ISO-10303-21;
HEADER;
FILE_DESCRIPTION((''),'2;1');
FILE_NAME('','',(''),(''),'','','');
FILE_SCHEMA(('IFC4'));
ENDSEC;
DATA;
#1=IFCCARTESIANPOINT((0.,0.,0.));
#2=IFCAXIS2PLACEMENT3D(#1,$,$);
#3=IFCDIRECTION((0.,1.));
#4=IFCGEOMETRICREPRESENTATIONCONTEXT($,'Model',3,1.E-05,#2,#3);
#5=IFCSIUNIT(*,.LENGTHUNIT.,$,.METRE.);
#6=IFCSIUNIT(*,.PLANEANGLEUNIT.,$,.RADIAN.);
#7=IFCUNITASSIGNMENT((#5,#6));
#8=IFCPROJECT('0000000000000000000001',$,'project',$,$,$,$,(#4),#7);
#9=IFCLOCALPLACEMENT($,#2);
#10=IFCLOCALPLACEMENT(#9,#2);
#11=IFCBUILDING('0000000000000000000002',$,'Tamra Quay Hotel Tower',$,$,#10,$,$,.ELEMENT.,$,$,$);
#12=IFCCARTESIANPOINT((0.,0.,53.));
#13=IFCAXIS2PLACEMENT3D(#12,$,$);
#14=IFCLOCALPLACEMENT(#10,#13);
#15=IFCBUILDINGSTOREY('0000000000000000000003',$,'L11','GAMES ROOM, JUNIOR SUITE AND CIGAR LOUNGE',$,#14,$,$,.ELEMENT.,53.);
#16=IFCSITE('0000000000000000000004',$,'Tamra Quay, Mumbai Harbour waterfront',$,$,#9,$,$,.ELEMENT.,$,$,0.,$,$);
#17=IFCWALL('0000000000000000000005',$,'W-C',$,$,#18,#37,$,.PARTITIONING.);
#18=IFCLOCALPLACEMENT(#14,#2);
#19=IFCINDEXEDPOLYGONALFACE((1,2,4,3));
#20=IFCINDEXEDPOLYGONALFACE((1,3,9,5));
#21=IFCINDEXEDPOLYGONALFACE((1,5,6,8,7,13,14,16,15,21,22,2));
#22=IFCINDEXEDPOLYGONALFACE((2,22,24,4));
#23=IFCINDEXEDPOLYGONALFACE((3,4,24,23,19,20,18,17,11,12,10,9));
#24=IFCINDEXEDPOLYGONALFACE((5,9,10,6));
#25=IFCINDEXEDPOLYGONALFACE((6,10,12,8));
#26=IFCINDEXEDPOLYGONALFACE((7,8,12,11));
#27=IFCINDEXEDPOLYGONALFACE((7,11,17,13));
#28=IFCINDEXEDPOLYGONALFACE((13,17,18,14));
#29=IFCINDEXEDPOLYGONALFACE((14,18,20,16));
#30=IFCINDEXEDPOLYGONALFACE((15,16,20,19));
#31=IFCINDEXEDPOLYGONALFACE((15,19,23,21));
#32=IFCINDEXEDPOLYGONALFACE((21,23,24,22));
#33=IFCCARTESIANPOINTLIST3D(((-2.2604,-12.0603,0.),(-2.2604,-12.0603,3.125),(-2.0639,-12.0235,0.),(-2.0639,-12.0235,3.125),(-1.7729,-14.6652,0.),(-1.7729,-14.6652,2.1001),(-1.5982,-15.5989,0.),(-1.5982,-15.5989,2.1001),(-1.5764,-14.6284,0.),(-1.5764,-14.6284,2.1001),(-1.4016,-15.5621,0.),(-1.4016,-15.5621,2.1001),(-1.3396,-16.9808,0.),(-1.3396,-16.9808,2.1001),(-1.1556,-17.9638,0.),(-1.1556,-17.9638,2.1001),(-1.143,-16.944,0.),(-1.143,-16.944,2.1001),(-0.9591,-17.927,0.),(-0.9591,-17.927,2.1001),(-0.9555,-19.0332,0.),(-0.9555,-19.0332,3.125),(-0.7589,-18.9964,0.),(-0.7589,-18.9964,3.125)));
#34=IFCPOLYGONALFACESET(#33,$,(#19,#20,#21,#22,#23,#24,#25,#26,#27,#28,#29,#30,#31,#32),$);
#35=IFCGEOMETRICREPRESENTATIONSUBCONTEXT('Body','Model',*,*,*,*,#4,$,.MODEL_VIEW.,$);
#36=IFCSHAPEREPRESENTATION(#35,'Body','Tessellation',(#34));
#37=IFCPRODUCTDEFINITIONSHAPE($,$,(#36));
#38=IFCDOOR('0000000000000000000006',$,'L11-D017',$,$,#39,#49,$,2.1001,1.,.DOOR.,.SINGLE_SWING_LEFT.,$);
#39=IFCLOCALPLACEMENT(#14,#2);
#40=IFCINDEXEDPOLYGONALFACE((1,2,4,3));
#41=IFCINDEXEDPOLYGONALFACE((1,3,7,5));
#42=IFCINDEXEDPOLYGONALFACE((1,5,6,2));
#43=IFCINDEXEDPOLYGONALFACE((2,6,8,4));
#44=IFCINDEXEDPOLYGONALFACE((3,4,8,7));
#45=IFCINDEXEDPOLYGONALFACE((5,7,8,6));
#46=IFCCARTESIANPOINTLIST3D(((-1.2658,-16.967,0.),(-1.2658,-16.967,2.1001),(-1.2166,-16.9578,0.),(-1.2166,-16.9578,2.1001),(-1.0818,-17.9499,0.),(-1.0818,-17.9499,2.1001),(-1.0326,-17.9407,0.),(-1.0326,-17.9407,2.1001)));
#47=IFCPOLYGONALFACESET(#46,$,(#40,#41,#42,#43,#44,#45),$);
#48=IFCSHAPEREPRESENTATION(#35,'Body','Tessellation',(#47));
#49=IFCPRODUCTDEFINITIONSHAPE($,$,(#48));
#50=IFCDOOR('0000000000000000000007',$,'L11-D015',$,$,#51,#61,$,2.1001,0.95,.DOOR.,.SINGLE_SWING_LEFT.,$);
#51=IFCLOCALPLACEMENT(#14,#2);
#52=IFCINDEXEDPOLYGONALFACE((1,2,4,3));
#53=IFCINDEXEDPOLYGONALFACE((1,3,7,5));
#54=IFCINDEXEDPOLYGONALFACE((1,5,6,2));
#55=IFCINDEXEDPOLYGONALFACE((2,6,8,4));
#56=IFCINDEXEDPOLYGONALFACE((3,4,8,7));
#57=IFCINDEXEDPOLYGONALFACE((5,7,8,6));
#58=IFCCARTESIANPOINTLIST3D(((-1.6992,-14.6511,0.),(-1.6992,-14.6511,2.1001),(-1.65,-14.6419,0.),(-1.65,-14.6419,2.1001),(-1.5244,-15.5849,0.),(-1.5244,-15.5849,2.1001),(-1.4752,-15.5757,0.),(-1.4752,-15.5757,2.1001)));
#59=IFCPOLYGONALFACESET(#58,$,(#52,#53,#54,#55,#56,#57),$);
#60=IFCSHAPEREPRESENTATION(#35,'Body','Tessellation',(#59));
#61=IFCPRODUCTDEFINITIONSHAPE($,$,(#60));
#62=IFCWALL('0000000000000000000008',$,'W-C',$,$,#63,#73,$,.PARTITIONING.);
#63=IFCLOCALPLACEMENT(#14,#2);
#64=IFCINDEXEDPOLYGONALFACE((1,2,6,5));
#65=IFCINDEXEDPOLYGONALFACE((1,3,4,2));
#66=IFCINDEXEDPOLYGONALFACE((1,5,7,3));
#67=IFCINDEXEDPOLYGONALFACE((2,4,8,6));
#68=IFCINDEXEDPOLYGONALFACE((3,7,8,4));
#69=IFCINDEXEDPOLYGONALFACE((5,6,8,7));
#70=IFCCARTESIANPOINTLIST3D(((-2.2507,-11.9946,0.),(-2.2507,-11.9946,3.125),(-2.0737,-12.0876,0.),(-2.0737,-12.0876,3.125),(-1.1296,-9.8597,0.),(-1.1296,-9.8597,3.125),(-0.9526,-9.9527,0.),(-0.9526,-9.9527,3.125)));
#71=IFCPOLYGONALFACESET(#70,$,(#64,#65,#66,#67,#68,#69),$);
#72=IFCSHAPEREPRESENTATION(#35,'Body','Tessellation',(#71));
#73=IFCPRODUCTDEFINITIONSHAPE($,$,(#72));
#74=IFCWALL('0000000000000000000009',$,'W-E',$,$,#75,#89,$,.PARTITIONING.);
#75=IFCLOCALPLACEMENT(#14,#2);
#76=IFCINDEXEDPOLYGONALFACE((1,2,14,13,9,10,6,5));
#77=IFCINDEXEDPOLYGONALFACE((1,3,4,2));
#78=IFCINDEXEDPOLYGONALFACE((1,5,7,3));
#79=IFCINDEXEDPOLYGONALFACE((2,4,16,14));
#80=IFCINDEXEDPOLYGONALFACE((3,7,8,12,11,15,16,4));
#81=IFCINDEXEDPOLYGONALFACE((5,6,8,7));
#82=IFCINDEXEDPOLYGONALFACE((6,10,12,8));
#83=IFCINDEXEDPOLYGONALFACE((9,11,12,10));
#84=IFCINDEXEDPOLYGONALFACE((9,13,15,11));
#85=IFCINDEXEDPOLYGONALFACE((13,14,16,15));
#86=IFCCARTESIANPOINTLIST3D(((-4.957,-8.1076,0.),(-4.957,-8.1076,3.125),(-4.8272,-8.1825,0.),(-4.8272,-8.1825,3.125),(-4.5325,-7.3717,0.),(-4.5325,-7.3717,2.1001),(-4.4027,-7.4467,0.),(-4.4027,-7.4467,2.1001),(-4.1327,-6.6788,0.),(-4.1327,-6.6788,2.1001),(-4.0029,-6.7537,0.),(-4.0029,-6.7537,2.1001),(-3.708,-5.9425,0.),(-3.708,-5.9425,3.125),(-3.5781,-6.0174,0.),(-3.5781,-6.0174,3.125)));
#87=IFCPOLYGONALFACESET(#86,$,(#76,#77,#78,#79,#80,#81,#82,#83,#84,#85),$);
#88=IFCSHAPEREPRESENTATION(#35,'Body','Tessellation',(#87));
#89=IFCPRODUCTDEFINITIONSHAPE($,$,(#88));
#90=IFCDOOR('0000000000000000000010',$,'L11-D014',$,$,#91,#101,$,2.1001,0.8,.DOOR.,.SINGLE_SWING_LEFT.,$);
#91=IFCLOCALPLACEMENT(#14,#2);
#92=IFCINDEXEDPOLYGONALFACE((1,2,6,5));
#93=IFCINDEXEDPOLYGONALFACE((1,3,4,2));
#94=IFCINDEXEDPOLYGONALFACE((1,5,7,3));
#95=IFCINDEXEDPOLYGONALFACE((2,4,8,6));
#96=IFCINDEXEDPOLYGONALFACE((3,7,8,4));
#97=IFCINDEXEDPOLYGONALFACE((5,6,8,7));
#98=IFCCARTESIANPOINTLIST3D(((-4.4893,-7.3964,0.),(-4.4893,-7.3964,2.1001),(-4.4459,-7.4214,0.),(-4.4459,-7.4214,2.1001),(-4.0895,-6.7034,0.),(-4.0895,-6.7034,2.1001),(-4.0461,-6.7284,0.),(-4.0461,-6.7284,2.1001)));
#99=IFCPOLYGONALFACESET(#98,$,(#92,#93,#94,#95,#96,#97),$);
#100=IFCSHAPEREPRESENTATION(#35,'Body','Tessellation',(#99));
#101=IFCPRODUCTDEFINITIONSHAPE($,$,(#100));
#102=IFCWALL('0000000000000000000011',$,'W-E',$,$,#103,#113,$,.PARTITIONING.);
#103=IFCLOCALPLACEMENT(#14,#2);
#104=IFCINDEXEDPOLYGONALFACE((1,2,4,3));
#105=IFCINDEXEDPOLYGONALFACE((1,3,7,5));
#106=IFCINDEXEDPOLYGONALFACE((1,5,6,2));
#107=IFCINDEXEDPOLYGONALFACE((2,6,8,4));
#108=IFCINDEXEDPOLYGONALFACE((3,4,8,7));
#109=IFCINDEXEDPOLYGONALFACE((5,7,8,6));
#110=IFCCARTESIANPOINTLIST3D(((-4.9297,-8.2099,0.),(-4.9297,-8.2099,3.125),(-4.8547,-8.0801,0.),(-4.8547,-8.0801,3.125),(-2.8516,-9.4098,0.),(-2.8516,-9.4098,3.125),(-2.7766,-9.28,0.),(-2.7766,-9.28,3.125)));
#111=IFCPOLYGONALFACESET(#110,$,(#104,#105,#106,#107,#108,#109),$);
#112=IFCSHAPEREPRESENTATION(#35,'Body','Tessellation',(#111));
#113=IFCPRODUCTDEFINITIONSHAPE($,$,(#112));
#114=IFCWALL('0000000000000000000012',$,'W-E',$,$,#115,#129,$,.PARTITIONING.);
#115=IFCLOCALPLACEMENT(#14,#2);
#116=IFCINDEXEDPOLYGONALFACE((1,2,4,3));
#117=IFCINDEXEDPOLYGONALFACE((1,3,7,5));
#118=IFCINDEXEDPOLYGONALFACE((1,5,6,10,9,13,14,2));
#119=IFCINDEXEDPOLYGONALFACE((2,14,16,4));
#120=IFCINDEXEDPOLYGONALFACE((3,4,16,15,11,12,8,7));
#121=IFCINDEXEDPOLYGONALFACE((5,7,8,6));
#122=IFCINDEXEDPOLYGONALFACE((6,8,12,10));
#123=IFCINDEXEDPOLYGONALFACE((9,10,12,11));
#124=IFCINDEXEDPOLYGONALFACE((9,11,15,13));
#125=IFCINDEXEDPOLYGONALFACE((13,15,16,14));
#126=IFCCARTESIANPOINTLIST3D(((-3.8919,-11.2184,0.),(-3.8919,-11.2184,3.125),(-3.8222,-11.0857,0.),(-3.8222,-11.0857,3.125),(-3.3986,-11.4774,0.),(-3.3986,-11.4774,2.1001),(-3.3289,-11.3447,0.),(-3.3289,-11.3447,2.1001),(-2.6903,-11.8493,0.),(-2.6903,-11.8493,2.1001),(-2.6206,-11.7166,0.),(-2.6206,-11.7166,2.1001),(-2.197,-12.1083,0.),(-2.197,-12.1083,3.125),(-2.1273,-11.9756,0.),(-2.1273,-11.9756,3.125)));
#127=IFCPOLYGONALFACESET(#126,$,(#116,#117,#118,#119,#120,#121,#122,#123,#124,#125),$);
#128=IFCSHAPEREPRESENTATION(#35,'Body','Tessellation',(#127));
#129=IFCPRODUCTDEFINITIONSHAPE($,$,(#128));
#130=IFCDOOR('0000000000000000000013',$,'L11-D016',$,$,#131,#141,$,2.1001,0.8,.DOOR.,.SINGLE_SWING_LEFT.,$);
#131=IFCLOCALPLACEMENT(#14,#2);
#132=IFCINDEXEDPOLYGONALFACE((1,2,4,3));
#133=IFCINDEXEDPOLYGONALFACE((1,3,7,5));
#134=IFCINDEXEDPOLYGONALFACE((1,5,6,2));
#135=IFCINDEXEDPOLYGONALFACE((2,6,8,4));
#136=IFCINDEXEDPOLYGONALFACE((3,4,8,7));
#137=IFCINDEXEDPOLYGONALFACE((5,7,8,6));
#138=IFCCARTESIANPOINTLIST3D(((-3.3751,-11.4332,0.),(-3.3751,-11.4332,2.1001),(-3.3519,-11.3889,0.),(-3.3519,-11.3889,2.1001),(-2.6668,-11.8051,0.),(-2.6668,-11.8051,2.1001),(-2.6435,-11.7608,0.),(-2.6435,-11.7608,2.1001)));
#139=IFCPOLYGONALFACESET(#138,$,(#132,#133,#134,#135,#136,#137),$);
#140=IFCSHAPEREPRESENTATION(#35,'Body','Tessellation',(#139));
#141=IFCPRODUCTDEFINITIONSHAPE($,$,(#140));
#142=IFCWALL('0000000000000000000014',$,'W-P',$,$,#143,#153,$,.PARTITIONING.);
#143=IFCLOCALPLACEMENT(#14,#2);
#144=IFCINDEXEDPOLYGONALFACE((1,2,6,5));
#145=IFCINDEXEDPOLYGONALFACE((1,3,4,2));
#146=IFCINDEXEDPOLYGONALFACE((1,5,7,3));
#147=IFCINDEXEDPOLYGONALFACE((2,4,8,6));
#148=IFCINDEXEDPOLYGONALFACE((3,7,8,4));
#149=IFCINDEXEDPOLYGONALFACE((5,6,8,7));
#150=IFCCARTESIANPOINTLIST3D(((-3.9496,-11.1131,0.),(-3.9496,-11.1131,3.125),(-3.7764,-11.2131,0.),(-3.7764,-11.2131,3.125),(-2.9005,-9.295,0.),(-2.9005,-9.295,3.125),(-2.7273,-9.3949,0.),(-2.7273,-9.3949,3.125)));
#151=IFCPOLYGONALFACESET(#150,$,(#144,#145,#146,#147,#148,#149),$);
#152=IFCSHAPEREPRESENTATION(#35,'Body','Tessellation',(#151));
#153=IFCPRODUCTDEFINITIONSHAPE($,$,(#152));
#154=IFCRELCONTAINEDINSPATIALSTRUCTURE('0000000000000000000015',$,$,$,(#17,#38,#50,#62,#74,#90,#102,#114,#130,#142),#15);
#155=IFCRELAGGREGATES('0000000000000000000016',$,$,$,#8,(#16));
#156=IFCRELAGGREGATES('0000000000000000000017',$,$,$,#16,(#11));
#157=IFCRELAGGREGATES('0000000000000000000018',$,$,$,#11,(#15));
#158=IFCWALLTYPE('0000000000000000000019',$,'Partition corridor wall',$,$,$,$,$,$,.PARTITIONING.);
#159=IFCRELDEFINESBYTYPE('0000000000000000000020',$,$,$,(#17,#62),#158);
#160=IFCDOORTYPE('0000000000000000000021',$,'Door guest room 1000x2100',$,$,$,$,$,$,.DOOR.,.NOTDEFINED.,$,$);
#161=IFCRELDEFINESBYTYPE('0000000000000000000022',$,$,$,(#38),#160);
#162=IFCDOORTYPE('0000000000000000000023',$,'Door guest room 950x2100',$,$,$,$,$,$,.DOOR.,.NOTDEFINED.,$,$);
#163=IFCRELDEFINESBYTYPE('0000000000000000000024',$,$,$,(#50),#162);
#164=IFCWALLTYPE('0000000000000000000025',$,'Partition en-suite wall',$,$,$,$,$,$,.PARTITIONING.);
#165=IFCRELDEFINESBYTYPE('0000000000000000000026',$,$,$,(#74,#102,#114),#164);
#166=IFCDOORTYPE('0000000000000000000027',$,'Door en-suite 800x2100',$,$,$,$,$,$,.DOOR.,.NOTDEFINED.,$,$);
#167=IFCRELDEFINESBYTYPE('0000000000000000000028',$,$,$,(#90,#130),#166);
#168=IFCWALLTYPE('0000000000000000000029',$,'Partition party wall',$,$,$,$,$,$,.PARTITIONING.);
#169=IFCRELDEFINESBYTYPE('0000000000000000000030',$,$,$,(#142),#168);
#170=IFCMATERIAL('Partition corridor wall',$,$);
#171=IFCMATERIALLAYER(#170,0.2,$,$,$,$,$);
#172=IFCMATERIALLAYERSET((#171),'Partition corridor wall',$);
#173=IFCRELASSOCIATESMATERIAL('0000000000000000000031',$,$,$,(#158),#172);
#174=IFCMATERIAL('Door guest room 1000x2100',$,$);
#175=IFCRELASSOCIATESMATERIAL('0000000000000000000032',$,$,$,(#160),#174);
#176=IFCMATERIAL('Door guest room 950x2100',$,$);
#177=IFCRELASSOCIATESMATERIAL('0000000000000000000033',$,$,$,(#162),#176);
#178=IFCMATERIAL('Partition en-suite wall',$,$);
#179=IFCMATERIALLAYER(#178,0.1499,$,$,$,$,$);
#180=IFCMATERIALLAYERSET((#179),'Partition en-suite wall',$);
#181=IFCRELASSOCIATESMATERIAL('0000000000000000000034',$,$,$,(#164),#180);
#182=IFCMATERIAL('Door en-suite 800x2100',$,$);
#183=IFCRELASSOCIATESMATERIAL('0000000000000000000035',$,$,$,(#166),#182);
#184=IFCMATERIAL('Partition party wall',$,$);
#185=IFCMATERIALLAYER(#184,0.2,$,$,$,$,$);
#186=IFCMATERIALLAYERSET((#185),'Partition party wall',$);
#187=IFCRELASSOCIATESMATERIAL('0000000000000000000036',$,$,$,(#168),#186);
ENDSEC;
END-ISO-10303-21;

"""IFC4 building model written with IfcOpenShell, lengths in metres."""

from ifc_helpers import new_model, si_unit, direction, frame, frame_2d, origin, place, context, subcontext, project, spatial, rectangle, extrude, material, layer, layer_set, type_object, element, fill, save


model = new_model("IFC4")

# Units and contexts
model_context = context("Model", 3, precision=1e-05, world=origin(), true_north=direction((0.0, 1.0)))
body_context = subcontext(model_context, "Body", "Model", "MODEL_VIEW")
ifc_project = project(units=[si_unit("LENGTHUNIT", "METRE"), si_unit("PLANEANGLEUNIT", "RADIAN")], contexts=[model_context])

# Site, building, storey
site_placement = place(None, origin())
site = spatial("IfcSite", under=ifc_project, at=site_placement, Name="Tamra Quay, Mumbai Harbour waterfront", CompositionType="ELEMENT", RefElevation=0.0)
building_placement = place(site_placement, origin())
building = spatial("IfcBuilding", under=site, at=building_placement, Name="Tamra Quay Hotel Tower", CompositionType="ELEMENT")
storey_placement = place(building_placement, frame((0.0, 0.0, 53.0)))
storey = spatial("IfcBuildingStorey", under=building, at=storey_placement, Name="L11", Description="GAMES ROOM, JUNIOR SUITE AND CIGAR LOUNGE", CompositionType="ELEMENT", Elevation=53.0)

# Shared definitions
ifc_material_1 = material(Name="Partition corridor wall")
ifc_layer_1 = layer(ifc_material_1, 0.2)
ifc_layer_set_1 = layer_set([ifc_layer_1], Name="Partition corridor wall")
wall_type_1 = type_object("IfcWallType", Name="Partition corridor wall", PredefinedType="PARTITIONING", material=ifc_layer_set_1)

# Wall, openings, doors
wall_1_placement = place(storey_placement, frame((-2.1621, -12.042, 0.0), z_axis=(0.0, 0.0, 1.0), x_axis=(0.18395, -0.982936, 0.0)))
wall_1 = element("IfcWall", 1, at=wall_1_placement, inside=storey, type_object=wall_type_1, Name="W-C", PredefinedType="PARTITIONING", context=body_context, shape_type="SweptSolid", body=[
    extrude(rectangle(XDim=7.094, YDim=0.2, at=frame_2d((3.5469, 0.0))), origin(), (0.0, 0.0, 1.0), 3.125),
])
opening_1_placement = place(wall_1_placement, frame((2.6499, 0.0, 0.0)))
opening_1 = element("IfcOpeningElement", 2, at=opening_1_placement, cuts=wall_1, PredefinedType="OPENING", context=body_context, shape_type="SweptSolid", body=[
    extrude(rectangle(XDim=0.95, YDim=2.1001, at=frame_2d((0.4751, 1.05))), frame((0.0, 0.1099, 0.0), z_axis=(0.0, -1.0, 0.0), x_axis=(1.0, 0.0, 0.0)), (0.0, 0.0, 1.0), 0.22),
])
opening_2_placement = place(wall_1_placement, frame((5.0059, 0.0, 0.0)))
opening_2 = element("IfcOpeningElement", 3, at=opening_2_placement, cuts=wall_1, PredefinedType="OPENING", context=body_context, shape_type="SweptSolid", body=[
    extrude(rectangle(XDim=1.0, YDim=2.1001, at=frame_2d((0.5, 1.05))), frame((0.0, 0.1099, 0.0), z_axis=(0.0, -1.0, 0.0), x_axis=(1.0, 0.0, 0.0)), (0.0, 0.0, 1.0), 0.22),
])
ifc_material_2 = material(Name="Door guest room 1000x2100")
door_type_1 = type_object("IfcDoorType", Name="Door guest room 1000x2100", OperationType="NOTDEFINED", PredefinedType="DOOR", material=ifc_material_2)
door_1_placement = place(opening_2_placement, frame((1.0, 0.0, 0.0), z_axis=(0.0, 0.0, 1.0), x_axis=(-1.0, 0.0, 0.0)))
door_1 = element("IfcDoor", 4, at=door_1_placement, inside=storey, type_object=door_type_1, Name="L11-D017", OperationType="SINGLE_SWING_LEFT", OverallHeight=2.1001, OverallWidth=1.0, PredefinedType="DOOR", context=body_context, shape_type="SweptSolid", body=[
    extrude(rectangle(XDim=1.0, YDim=2.1001, at=frame_2d((0.5, 1.05))), frame((0.0, 0.0249, 0.0), z_axis=(0.0, -1.0, 0.0), x_axis=(1.0, 0.0, 0.0)), (0.0, 0.0, 1.0), 0.05),
])
fill(opening_2, door_1)
ifc_material_3 = material(Name="Door guest room 950x2100")
door_type_2 = type_object("IfcDoorType", Name="Door guest room 950x2100", OperationType="NOTDEFINED", PredefinedType="DOOR", material=ifc_material_3)
door_2_placement = place(opening_1_placement, frame((0.95, 0.0, 0.0), z_axis=(0.0, 0.0, 1.0), x_axis=(-1.0, 0.0, 0.0)))
door_2 = element("IfcDoor", 5, at=door_2_placement, inside=storey, type_object=door_type_2, Name="L11-D015", OperationType="SINGLE_SWING_LEFT", OverallHeight=2.1001, OverallWidth=0.95, PredefinedType="DOOR", context=body_context, shape_type="SweptSolid", body=[
    extrude(rectangle(XDim=0.95, YDim=2.1001, at=frame_2d((0.4751, 1.05))), frame((0.0, 0.0249, 0.0), z_axis=(0.0, -1.0, 0.0), x_axis=(1.0, 0.0, 0.0)), (0.0, 0.0, 1.0), 0.05),
])
fill(opening_1, door_2)

# Wall
wall_2_placement = place(storey_placement, frame((-2.1621, -12.041, 0.0), z_axis=(0.0, 0.0, 1.0), x_axis=(0.464903, 0.885361, 0.0)))
element("IfcWall", 6, at=wall_2_placement, inside=storey, type_object=wall_type_1, Name="W-C", PredefinedType="PARTITIONING", context=body_context, shape_type="SweptSolid", body=[
    extrude(rectangle(XDim=2.4114, YDim=0.2, at=frame_2d((1.2056, 0.0))), origin(), (0.0, 0.0, 1.0), 3.125),
])

# Wall, opening, door
ifc_material_4 = material(Name="Partition en-suite wall")
ifc_layer_2 = layer(ifc_material_4, 0.1499)
ifc_layer_set_2 = layer_set([ifc_layer_2], Name="Partition en-suite wall")
wall_type_2 = type_object("IfcWallType", Name="Partition en-suite wall", PredefinedType="PARTITIONING", material=ifc_layer_set_2)
wall_3_placement = place(storey_placement, frame((-4.8921, -8.145, 0.0), z_axis=(0.0, 0.0, 1.0), x_axis=(0.499711, 0.866192, 0.0)))
wall_3 = element("IfcWall", 7, at=wall_3_placement, inside=storey, type_object=wall_type_2, Name="W-E", PredefinedType="PARTITIONING", context=body_context, shape_type="SweptSolid", body=[
    extrude(rectangle(XDim=2.4995, YDim=0.1499, at=frame_2d((1.2498, 0.0))), origin(), (0.0, 0.0, 1.0), 3.125),
])
opening_3_placement = place(wall_3_placement, frame((0.8496, 0.0, 0.0)))
opening_3 = element("IfcOpeningElement", 8, at=opening_3_placement, cuts=wall_3, PredefinedType="OPENING", context=body_context, shape_type="SweptSolid", body=[
    extrude(rectangle(XDim=0.8, YDim=2.1001, at=frame_2d((0.3999, 1.05))), frame((0.0, 0.085, 0.0), z_axis=(0.0, -1.0, 0.0), x_axis=(1.0, 0.0, 0.0)), (0.0, 0.0, 1.0), 0.1699),
])
ifc_material_5 = material(Name="Door en-suite 800x2100")
door_type_3 = type_object("IfcDoorType", Name="Door en-suite 800x2100", OperationType="NOTDEFINED", PredefinedType="DOOR", material=ifc_material_5)
door_3_placement = place(opening_3_placement, frame((0.8, 0.0, 0.0), z_axis=(0.0, 0.0, 1.0), x_axis=(-1.0, 0.0, 0.0)))
door_3 = element("IfcDoor", 9, at=door_3_placement, inside=storey, type_object=door_type_3, Name="L11-D014", OperationType="SINGLE_SWING_LEFT", OverallHeight=2.1001, OverallWidth=0.8, PredefinedType="DOOR", context=body_context, shape_type="SweptSolid", body=[
    extrude(rectangle(XDim=0.8, YDim=2.1001, at=frame_2d((0.3999, 1.05))), frame((0.0, 0.0249, 0.0), z_axis=(0.0, -1.0, 0.0), x_axis=(1.0, 0.0, 0.0)), (0.0, 0.0, 1.0), 0.05),
])
fill(opening_3, door_3)

# Wall
wall_4_placement = place(storey_placement, frame((-4.8921, -8.145, 0.0), z_axis=(0.0, 0.0, 1.0), x_axis=(0.865999, -0.500045, 0.0)))
element("IfcWall", 10, at=wall_4_placement, inside=storey, type_object=wall_type_2, Name="W-E", PredefinedType="PARTITIONING", context=body_context, shape_type="SweptSolid", body=[
    extrude(rectangle(XDim=2.3997, YDim=0.1499, at=frame_2d((1.1997, 0.0))), origin(), (0.0, 0.0, 1.0), 3.125),
])

# Wall, opening, door
wall_5_placement = place(storey_placement, frame((-3.8569, -11.1521, 0.0), z_axis=(0.0, 0.0, 1.0), x_axis=(0.885374, -0.464879, 0.0)))
wall_5 = element("IfcWall", 11, at=wall_5_placement, inside=storey, type_object=wall_type_2, Name="W-E", PredefinedType="PARTITIONING", context=body_context, shape_type="SweptSolid", body=[
    extrude(rectangle(XDim=1.9143, YDim=0.1499, at=frame_2d((0.957, 0.0))), origin(), (0.0, 0.0, 1.0), 3.125),
])
opening_4_placement = place(wall_5_placement, frame((0.5571, 0.0, 0.0)))
opening_4 = element("IfcOpeningElement", 12, at=opening_4_placement, cuts=wall_5, PredefinedType="OPENING", context=body_context, shape_type="SweptSolid", body=[
    extrude(rectangle(XDim=0.8, YDim=2.1001, at=frame_2d((0.3999, 1.05))), frame((0.0, 0.085, 0.0), z_axis=(0.0, -1.0, 0.0), x_axis=(1.0, 0.0, 0.0)), (0.0, 0.0, 1.0), 0.1699),
])
door_4_placement = place(opening_4_placement, frame((0.8, 0.0, 0.0), z_axis=(0.0, 0.0, 1.0), x_axis=(-1.0, 0.0, 0.0)))
door_4 = element("IfcDoor", 13, at=door_4_placement, inside=storey, type_object=door_type_3, Name="L11-D016", OperationType="SINGLE_SWING_LEFT", OverallHeight=2.1001, OverallWidth=0.8, PredefinedType="DOOR", context=body_context, shape_type="SweptSolid", body=[
    extrude(rectangle(XDim=0.8, YDim=2.1001, at=frame_2d((0.3999, 1.05))), frame((0.0, 0.0249, 0.0), z_axis=(0.0, -1.0, 0.0), x_axis=(1.0, 0.0, 0.0)), (0.0, 0.0, 1.0), 0.05),
])
fill(opening_4, door_4)

# Wall
ifc_material_6 = material(Name="Partition party wall")
ifc_layer_3 = layer(ifc_material_6, 0.2)
ifc_layer_set_3 = layer_set([ifc_layer_3], Name="Partition party wall")
wall_type_3 = type_object("IfcWallType", Name="Partition party wall", PredefinedType="PARTITIONING", material=ifc_layer_set_3)
wall_6_placement = place(storey_placement, frame((-3.863, -11.1631, 0.0), z_axis=(0.0, 0.0, 1.0), x_axis=(0.49978, 0.866153, 0.0)))
element("IfcWall", 14, at=wall_6_placement, inside=storey, type_object=wall_type_3, Name="W-P", PredefinedType="PARTITIONING", context=body_context, shape_type="SweptSolid", body=[
    extrude(rectangle(XDim=2.0991, YDim=0.2, at=frame_2d((1.0496, 0.0))), origin(), (0.0, 0.0, 1.0), 3.125),
])

save(model, "model.ifc")
